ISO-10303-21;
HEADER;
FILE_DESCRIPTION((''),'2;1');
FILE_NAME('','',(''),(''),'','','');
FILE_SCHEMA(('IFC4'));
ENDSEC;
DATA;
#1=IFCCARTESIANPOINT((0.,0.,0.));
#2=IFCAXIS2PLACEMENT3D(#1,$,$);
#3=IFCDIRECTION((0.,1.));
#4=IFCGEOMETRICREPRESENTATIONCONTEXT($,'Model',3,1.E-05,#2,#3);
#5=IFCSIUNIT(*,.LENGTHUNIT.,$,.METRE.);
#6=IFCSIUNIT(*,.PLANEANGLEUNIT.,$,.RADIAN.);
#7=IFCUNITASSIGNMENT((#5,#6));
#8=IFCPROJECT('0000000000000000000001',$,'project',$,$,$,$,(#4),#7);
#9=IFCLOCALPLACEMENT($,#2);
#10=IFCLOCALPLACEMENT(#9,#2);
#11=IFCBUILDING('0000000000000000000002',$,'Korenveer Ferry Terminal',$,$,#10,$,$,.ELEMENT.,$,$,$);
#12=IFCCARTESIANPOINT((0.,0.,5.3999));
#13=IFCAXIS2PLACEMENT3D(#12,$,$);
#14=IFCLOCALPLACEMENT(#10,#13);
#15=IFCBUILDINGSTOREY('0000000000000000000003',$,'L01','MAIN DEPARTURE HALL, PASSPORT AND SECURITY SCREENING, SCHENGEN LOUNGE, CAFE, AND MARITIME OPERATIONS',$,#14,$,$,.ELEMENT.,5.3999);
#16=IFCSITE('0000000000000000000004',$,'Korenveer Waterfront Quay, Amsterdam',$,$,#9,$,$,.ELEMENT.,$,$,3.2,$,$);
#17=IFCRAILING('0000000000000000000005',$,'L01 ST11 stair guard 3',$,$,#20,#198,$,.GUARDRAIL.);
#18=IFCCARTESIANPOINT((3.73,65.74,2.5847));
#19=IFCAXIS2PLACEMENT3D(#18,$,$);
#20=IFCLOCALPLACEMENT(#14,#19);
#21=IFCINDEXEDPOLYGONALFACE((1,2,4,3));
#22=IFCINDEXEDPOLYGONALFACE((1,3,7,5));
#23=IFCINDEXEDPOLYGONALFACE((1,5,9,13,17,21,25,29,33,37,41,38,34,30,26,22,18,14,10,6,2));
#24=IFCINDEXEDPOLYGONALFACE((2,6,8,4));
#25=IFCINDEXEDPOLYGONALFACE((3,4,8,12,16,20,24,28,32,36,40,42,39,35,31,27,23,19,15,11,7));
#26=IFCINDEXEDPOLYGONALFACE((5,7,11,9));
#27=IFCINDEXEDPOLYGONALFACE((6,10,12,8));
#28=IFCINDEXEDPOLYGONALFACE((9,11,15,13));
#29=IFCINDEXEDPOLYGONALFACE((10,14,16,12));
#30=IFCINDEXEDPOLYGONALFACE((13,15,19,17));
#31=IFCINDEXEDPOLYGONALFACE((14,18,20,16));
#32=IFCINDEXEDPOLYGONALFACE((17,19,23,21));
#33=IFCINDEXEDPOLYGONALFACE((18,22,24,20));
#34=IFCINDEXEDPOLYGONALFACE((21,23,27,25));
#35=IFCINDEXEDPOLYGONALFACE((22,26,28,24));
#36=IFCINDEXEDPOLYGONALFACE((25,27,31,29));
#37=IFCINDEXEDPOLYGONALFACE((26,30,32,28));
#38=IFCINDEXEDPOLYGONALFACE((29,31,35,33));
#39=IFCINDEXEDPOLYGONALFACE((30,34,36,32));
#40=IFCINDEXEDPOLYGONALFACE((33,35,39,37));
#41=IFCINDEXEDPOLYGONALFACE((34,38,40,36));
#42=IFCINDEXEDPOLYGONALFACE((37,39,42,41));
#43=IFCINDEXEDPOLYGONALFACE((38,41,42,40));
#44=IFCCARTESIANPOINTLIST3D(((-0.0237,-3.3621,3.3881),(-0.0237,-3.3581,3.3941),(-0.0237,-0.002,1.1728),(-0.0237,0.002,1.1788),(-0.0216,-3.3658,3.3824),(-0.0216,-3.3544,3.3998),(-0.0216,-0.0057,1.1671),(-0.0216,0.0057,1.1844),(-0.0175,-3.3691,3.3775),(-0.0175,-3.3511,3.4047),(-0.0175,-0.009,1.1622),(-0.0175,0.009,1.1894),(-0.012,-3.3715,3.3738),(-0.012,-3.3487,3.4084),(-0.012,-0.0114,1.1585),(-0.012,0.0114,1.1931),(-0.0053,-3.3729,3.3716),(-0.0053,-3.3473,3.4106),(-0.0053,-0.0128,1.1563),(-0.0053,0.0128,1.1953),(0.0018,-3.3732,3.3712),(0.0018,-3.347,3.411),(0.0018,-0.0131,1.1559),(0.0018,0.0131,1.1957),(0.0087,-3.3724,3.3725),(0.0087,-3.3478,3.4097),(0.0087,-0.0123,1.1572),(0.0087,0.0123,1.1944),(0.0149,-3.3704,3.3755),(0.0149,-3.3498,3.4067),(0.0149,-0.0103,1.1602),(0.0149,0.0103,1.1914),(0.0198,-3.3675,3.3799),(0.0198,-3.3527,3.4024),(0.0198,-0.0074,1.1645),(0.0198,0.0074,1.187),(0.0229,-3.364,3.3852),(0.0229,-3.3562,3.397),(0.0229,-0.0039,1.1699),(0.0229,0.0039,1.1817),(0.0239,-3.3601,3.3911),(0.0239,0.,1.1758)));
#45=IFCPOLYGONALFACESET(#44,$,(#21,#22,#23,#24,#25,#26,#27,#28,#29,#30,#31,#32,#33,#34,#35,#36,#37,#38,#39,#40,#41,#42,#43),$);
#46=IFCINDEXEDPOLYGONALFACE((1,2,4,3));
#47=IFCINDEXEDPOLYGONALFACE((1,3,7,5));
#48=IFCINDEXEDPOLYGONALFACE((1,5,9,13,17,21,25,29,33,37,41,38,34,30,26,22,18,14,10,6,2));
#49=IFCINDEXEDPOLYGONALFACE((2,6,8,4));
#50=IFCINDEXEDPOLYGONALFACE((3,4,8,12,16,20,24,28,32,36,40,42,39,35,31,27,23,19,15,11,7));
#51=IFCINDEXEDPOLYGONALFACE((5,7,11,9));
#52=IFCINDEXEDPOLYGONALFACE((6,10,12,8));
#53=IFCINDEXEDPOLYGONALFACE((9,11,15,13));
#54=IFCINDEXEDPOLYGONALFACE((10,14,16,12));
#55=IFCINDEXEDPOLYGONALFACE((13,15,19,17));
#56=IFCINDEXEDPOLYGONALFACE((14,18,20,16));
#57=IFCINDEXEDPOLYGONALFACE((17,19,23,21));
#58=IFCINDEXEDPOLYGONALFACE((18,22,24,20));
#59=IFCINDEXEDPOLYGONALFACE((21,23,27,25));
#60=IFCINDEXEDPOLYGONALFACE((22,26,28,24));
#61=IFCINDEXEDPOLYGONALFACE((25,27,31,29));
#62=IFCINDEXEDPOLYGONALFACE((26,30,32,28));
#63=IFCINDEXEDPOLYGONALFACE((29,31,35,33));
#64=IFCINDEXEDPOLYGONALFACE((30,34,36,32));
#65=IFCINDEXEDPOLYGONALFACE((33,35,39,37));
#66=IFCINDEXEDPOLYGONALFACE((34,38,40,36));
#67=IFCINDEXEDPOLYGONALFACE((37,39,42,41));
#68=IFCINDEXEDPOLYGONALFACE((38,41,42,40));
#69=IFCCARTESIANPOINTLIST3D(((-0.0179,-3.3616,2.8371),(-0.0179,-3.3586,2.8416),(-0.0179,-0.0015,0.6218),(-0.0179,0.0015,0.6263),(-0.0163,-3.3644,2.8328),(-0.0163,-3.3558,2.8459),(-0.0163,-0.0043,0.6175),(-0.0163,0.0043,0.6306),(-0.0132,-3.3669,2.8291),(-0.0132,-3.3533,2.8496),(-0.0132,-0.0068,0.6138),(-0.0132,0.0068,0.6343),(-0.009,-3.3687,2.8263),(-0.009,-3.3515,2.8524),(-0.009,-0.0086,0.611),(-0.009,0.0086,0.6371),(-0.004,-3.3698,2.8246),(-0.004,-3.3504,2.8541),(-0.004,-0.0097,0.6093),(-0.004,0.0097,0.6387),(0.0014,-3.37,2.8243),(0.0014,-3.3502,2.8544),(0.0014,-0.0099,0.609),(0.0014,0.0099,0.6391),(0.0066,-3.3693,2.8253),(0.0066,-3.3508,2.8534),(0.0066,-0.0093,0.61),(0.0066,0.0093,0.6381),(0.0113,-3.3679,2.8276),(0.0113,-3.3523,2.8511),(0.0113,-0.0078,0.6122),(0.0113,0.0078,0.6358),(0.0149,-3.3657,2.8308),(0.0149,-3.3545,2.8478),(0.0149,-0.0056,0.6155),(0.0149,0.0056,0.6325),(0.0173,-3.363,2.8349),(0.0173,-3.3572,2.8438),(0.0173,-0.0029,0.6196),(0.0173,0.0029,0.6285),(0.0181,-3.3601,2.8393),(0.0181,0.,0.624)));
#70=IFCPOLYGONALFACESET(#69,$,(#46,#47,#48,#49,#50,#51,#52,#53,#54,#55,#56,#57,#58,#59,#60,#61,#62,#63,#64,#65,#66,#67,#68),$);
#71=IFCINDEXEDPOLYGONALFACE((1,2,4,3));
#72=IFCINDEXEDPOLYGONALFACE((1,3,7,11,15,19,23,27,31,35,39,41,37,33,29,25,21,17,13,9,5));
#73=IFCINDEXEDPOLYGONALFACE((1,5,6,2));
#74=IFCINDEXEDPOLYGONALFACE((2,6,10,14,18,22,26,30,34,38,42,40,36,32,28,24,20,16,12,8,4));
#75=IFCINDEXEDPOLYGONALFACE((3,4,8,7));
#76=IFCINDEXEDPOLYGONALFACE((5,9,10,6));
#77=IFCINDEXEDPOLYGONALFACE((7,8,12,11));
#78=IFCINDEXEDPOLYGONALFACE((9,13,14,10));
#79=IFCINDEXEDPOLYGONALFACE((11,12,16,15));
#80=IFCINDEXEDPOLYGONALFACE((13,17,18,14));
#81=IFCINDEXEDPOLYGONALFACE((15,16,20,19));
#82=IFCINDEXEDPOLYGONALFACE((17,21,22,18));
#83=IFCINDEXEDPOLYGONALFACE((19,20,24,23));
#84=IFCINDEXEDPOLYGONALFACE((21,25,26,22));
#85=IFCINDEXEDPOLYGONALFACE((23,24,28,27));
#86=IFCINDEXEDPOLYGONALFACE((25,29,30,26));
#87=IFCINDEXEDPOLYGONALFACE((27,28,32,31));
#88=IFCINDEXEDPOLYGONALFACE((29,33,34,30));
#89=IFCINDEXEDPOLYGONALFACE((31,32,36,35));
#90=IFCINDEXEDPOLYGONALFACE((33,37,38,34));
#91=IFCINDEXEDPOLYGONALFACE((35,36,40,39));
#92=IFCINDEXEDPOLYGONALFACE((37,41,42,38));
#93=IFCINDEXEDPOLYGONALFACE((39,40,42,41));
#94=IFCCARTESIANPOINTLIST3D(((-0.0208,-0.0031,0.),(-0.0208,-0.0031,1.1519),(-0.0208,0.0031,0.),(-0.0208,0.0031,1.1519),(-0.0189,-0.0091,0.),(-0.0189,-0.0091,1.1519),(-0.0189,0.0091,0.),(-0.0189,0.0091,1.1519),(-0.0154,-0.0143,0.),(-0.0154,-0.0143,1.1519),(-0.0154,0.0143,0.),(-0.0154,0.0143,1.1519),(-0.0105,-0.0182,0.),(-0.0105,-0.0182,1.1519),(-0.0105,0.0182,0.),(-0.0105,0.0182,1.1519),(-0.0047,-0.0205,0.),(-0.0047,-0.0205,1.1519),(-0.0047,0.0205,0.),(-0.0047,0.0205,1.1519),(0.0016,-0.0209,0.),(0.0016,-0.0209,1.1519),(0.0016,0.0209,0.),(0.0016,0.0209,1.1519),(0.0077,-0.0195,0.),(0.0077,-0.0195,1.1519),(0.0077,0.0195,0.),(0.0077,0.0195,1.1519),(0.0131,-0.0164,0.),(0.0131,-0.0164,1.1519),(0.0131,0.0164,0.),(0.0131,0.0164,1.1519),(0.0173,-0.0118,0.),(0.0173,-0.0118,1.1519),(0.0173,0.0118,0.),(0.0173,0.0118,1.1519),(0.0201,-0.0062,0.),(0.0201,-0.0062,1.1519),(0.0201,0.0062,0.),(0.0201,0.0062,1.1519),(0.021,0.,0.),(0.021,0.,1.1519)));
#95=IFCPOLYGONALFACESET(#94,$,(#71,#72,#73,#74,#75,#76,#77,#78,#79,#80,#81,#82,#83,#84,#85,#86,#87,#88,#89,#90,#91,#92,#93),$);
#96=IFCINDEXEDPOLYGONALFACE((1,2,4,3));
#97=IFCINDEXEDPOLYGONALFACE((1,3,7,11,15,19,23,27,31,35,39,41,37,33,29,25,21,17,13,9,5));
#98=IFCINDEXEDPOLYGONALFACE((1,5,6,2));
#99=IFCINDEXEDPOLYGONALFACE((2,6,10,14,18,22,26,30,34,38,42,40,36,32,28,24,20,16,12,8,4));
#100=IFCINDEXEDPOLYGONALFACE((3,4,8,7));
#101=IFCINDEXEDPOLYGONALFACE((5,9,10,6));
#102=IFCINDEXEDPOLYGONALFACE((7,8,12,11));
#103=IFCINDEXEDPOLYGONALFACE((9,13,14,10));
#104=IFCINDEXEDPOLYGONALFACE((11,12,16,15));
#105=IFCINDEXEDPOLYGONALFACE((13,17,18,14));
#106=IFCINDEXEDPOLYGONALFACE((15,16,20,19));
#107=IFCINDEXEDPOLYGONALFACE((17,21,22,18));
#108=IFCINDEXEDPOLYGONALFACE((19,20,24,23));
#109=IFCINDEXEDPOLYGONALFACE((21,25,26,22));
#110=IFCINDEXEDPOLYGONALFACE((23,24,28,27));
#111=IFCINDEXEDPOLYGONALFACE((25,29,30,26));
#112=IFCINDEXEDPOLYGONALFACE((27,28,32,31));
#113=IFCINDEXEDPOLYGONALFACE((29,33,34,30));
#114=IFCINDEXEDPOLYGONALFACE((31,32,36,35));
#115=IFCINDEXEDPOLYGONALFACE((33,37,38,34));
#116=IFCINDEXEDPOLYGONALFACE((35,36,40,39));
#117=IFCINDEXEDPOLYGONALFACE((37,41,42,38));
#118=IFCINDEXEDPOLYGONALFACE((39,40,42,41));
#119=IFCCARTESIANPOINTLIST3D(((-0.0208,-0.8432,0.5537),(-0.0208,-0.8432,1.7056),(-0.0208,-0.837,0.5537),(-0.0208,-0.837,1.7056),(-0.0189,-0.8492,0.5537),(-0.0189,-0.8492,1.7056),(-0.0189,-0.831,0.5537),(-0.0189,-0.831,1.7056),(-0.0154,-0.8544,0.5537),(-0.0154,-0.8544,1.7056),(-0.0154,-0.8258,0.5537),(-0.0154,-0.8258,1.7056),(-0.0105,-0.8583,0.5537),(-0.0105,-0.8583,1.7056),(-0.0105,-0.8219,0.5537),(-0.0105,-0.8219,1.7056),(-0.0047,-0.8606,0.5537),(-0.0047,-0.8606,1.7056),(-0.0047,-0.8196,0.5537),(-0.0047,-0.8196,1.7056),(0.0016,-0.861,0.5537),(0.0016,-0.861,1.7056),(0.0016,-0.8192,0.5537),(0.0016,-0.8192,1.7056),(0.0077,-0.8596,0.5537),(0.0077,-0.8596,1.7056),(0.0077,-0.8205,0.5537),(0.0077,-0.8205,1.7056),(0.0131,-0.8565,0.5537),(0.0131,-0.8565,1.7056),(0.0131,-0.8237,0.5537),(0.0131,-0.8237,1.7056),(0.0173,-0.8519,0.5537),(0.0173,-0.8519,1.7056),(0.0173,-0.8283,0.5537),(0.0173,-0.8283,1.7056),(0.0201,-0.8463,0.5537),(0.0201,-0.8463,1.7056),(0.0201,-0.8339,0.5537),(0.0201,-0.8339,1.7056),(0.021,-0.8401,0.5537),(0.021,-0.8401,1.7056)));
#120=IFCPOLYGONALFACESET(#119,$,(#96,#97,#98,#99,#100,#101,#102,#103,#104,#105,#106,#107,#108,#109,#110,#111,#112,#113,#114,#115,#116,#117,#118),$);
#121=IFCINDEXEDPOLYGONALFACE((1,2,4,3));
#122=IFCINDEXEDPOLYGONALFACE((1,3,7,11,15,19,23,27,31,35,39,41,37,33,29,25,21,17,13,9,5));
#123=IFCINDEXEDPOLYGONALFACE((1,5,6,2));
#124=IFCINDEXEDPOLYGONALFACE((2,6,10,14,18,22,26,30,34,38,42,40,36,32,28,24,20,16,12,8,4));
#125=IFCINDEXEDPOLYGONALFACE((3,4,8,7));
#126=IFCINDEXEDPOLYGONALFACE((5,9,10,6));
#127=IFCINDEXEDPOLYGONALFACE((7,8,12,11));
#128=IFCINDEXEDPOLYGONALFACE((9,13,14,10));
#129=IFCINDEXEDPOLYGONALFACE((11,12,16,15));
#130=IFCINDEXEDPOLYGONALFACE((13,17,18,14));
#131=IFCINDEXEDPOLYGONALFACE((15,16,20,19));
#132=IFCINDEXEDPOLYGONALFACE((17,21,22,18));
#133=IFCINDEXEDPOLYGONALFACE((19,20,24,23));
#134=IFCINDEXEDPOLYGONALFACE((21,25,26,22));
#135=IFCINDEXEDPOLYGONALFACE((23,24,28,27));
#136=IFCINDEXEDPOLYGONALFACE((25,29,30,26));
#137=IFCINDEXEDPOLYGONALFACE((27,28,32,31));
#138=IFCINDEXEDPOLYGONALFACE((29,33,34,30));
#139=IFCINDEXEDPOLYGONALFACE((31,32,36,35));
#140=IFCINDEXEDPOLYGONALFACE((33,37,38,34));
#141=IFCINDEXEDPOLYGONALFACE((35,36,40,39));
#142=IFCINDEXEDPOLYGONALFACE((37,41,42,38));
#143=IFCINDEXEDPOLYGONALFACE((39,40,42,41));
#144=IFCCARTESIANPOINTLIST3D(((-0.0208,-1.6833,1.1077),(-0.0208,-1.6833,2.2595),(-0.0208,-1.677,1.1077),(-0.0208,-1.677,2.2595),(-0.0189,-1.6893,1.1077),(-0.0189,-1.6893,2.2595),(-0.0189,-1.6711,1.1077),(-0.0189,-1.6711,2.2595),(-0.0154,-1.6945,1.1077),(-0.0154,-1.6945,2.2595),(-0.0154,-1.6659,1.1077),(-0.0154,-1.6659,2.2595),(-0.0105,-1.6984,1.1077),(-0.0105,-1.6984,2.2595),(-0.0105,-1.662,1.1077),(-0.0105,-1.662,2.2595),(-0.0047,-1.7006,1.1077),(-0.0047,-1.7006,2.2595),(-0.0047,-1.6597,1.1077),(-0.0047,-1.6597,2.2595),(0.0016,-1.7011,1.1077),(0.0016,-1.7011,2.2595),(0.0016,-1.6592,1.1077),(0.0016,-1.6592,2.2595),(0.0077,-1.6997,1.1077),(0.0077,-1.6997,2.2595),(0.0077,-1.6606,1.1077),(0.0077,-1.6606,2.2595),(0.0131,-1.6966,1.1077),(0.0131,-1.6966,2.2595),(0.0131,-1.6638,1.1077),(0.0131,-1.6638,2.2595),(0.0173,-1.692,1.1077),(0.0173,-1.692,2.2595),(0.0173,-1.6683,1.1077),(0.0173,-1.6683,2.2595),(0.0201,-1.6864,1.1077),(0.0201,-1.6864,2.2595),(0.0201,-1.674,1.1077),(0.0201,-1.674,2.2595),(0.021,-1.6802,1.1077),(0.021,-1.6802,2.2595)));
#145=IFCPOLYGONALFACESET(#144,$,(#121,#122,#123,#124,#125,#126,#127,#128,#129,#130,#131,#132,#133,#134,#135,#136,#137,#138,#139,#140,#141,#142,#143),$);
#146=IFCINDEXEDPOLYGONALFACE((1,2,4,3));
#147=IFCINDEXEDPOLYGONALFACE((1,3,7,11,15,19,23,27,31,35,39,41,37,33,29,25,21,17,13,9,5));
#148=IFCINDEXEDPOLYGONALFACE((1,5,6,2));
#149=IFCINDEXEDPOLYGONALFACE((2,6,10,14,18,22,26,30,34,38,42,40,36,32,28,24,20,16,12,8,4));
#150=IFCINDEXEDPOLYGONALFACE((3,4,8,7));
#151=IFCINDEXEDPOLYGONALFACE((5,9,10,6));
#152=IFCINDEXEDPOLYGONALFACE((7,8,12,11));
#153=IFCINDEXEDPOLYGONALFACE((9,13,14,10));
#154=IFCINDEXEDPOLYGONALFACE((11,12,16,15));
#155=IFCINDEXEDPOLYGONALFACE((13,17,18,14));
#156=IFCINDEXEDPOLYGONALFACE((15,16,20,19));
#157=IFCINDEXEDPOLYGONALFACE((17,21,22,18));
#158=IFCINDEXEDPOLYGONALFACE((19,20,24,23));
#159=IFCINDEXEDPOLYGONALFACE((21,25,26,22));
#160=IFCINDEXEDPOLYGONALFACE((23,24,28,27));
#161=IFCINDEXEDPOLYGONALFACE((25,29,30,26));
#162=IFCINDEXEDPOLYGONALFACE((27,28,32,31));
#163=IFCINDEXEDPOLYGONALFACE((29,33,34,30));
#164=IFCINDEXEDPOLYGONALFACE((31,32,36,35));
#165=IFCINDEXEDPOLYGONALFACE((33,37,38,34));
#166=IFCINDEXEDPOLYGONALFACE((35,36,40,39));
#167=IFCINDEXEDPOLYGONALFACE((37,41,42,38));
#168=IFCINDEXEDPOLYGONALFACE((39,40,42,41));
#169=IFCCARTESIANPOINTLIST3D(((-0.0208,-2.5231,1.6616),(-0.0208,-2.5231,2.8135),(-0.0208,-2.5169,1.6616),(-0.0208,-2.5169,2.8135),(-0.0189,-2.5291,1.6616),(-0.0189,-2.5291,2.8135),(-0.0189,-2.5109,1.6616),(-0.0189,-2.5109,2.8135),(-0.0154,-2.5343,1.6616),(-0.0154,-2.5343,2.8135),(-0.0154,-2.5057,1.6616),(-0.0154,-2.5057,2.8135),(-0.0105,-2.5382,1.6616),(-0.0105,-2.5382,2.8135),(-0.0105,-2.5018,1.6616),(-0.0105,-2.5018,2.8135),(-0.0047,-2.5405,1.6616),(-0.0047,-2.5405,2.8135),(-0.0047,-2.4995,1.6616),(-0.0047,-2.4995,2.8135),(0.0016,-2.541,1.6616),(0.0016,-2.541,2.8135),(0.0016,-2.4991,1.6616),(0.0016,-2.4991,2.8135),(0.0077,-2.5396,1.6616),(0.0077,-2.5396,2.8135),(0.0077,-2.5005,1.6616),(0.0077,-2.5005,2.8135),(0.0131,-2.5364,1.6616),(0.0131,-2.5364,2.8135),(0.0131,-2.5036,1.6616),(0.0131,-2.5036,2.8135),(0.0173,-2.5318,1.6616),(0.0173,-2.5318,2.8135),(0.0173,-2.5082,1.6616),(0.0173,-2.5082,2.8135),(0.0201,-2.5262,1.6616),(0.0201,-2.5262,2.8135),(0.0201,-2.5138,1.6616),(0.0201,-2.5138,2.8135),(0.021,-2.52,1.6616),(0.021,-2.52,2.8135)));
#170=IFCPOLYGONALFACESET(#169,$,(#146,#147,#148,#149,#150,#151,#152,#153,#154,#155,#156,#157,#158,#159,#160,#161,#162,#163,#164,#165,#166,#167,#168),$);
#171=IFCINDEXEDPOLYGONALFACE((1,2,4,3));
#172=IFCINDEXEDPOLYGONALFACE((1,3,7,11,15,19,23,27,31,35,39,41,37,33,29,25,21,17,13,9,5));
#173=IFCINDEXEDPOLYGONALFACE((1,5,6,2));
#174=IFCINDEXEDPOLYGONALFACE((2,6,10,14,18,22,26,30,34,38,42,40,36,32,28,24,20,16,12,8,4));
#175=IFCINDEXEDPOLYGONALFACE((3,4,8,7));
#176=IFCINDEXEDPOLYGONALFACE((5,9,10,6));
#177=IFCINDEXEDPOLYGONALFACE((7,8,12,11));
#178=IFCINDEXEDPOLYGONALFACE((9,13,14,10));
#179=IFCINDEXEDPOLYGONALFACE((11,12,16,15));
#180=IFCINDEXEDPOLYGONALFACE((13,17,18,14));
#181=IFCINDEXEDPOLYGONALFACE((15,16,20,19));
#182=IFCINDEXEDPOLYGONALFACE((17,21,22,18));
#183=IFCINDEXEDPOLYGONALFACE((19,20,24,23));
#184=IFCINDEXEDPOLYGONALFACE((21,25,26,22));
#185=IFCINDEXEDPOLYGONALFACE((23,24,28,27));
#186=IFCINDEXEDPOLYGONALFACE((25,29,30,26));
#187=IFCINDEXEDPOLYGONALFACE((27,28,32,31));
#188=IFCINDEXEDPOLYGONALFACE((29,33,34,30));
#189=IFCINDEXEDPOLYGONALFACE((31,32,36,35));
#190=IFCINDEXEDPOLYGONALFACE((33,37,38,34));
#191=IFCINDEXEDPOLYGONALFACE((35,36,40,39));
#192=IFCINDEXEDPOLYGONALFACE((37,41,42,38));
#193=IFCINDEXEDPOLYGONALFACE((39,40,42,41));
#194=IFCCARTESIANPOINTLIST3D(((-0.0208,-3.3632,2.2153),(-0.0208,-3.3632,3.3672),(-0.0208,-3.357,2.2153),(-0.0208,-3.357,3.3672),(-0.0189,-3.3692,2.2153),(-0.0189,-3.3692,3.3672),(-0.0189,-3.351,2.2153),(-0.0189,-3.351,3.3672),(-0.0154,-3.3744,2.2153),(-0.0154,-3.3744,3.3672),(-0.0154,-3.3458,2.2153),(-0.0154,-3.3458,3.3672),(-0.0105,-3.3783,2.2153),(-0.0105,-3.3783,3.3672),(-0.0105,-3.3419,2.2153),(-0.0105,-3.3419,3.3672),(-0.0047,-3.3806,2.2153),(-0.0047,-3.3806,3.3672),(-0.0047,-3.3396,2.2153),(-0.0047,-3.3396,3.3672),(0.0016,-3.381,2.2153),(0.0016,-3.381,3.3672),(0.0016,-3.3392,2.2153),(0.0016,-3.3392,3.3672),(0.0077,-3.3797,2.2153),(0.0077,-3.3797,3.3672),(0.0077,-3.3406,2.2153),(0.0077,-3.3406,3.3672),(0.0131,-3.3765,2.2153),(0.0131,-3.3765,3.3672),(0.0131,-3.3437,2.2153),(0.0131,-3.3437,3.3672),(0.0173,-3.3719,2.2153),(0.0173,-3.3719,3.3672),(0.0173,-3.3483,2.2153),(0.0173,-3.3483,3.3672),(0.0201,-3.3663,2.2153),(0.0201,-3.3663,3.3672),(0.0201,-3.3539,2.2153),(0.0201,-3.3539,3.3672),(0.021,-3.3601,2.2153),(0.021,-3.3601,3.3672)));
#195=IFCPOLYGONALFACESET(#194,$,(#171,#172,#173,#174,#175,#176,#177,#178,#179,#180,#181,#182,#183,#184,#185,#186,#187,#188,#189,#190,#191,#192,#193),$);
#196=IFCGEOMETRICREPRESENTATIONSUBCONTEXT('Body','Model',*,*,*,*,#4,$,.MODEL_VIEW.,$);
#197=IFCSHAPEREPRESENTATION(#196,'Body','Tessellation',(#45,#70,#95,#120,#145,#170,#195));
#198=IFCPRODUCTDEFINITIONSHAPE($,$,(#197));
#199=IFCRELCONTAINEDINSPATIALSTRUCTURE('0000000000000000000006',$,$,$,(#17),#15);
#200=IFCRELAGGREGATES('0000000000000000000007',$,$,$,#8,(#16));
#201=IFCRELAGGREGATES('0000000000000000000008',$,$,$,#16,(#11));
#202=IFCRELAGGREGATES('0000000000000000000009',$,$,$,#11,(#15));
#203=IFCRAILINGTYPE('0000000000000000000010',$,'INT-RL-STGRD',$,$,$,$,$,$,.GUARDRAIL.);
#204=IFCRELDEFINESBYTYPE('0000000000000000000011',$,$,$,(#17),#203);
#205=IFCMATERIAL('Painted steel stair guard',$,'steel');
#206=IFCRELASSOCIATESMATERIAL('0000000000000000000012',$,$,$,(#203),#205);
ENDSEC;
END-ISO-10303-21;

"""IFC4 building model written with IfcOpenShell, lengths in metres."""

from ifc_helpers import new_model, si_unit, direction, frame, origin, origin_2d, place, context, subcontext, project, spatial, circle, extrude, material, type_object, element, save


model = new_model("IFC4")

# Units and contexts
model_context = context("Model", 3, precision=1e-05, world=origin(), true_north=direction((0.0, 1.0)))
body_context = subcontext(model_context, "Body", "Model", "MODEL_VIEW")
ifc_project = project(units=[si_unit("LENGTHUNIT", "METRE"), si_unit("PLANEANGLEUNIT", "RADIAN")], contexts=[model_context])

# Site, building, storey
site_placement = place(None, origin())
site = spatial("IfcSite", under=ifc_project, at=site_placement, Name="Korenveer Waterfront Quay, Amsterdam", CompositionType="ELEMENT", RefElevation=3.2)
building_placement = place(site_placement, origin())
building = spatial("IfcBuilding", under=site, at=building_placement, Name="Korenveer Ferry Terminal", CompositionType="ELEMENT")
storey_placement = place(building_placement, frame((0.0, 0.0, 5.3999)))
storey = spatial("IfcBuildingStorey", under=building, at=storey_placement, Name="L01", Description="MAIN DEPARTURE HALL, PASSPORT AND SECURITY SCREENING, SCHENGEN LOUNGE, CAFE, AND MARITIME OPERATIONS", CompositionType="ELEMENT", Elevation=5.3999)

# Railing
ifc_material_1 = material(Name="Painted steel stair guard", Category="steel")
railing_type_1 = type_object("IfcRailingType", Name="INT-RL-STGRD", PredefinedType="GUARDRAIL", material=ifc_material_1)
railing_1_placement = place(storey_placement, frame((3.73, 65.74, 2.5847)))
element("IfcRailing", 1, at=railing_1_placement, inside=storey, type_object=railing_type_1, Name="L01 ST11 stair guard 3", PredefinedType="GUARDRAIL", context=body_context, shape_type="SweptSolid", body=[
    extrude(circle(Radius=0.0239, at=origin_2d()), frame((0.0, 0.0, 1.1758), z_axis=(0.0, -0.834876, 0.550437), x_axis=(1.0, 0.0, 0.0)), (0.0, 0.0, 1.0), 4.0247),
    extrude(circle(Radius=0.0181, at=origin_2d()), frame((0.0, 0.0, 0.624), z_axis=(0.0, -0.834876, 0.550437), x_axis=(1.0, 0.0, 0.0)), (0.0, 0.0, 1.0), 4.0247),
    extrude(circle(Radius=0.021, at=origin_2d()), origin(), (0.0, 0.0, 1.0), 1.1519),
    extrude(circle(Radius=0.021, at=origin_2d()), frame((0.0, -0.8401, 0.5537)), (0.0, 0.0, 1.0), 1.1519),
    extrude(circle(Radius=0.021, at=origin_2d()), frame((0.0, -1.6802, 1.1077)), (0.0, 0.0, 1.0), 1.1519),
    extrude(circle(Radius=0.021, at=origin_2d()), frame((0.0, -2.52, 1.6616)), (0.0, 0.0, 1.0), 1.1519),
    extrude(circle(Radius=0.021, at=origin_2d()), frame((0.0, -3.3601, 2.2153)), (0.0, 0.0, 1.0), 1.1519),
])

save(model, "model.ifc")
